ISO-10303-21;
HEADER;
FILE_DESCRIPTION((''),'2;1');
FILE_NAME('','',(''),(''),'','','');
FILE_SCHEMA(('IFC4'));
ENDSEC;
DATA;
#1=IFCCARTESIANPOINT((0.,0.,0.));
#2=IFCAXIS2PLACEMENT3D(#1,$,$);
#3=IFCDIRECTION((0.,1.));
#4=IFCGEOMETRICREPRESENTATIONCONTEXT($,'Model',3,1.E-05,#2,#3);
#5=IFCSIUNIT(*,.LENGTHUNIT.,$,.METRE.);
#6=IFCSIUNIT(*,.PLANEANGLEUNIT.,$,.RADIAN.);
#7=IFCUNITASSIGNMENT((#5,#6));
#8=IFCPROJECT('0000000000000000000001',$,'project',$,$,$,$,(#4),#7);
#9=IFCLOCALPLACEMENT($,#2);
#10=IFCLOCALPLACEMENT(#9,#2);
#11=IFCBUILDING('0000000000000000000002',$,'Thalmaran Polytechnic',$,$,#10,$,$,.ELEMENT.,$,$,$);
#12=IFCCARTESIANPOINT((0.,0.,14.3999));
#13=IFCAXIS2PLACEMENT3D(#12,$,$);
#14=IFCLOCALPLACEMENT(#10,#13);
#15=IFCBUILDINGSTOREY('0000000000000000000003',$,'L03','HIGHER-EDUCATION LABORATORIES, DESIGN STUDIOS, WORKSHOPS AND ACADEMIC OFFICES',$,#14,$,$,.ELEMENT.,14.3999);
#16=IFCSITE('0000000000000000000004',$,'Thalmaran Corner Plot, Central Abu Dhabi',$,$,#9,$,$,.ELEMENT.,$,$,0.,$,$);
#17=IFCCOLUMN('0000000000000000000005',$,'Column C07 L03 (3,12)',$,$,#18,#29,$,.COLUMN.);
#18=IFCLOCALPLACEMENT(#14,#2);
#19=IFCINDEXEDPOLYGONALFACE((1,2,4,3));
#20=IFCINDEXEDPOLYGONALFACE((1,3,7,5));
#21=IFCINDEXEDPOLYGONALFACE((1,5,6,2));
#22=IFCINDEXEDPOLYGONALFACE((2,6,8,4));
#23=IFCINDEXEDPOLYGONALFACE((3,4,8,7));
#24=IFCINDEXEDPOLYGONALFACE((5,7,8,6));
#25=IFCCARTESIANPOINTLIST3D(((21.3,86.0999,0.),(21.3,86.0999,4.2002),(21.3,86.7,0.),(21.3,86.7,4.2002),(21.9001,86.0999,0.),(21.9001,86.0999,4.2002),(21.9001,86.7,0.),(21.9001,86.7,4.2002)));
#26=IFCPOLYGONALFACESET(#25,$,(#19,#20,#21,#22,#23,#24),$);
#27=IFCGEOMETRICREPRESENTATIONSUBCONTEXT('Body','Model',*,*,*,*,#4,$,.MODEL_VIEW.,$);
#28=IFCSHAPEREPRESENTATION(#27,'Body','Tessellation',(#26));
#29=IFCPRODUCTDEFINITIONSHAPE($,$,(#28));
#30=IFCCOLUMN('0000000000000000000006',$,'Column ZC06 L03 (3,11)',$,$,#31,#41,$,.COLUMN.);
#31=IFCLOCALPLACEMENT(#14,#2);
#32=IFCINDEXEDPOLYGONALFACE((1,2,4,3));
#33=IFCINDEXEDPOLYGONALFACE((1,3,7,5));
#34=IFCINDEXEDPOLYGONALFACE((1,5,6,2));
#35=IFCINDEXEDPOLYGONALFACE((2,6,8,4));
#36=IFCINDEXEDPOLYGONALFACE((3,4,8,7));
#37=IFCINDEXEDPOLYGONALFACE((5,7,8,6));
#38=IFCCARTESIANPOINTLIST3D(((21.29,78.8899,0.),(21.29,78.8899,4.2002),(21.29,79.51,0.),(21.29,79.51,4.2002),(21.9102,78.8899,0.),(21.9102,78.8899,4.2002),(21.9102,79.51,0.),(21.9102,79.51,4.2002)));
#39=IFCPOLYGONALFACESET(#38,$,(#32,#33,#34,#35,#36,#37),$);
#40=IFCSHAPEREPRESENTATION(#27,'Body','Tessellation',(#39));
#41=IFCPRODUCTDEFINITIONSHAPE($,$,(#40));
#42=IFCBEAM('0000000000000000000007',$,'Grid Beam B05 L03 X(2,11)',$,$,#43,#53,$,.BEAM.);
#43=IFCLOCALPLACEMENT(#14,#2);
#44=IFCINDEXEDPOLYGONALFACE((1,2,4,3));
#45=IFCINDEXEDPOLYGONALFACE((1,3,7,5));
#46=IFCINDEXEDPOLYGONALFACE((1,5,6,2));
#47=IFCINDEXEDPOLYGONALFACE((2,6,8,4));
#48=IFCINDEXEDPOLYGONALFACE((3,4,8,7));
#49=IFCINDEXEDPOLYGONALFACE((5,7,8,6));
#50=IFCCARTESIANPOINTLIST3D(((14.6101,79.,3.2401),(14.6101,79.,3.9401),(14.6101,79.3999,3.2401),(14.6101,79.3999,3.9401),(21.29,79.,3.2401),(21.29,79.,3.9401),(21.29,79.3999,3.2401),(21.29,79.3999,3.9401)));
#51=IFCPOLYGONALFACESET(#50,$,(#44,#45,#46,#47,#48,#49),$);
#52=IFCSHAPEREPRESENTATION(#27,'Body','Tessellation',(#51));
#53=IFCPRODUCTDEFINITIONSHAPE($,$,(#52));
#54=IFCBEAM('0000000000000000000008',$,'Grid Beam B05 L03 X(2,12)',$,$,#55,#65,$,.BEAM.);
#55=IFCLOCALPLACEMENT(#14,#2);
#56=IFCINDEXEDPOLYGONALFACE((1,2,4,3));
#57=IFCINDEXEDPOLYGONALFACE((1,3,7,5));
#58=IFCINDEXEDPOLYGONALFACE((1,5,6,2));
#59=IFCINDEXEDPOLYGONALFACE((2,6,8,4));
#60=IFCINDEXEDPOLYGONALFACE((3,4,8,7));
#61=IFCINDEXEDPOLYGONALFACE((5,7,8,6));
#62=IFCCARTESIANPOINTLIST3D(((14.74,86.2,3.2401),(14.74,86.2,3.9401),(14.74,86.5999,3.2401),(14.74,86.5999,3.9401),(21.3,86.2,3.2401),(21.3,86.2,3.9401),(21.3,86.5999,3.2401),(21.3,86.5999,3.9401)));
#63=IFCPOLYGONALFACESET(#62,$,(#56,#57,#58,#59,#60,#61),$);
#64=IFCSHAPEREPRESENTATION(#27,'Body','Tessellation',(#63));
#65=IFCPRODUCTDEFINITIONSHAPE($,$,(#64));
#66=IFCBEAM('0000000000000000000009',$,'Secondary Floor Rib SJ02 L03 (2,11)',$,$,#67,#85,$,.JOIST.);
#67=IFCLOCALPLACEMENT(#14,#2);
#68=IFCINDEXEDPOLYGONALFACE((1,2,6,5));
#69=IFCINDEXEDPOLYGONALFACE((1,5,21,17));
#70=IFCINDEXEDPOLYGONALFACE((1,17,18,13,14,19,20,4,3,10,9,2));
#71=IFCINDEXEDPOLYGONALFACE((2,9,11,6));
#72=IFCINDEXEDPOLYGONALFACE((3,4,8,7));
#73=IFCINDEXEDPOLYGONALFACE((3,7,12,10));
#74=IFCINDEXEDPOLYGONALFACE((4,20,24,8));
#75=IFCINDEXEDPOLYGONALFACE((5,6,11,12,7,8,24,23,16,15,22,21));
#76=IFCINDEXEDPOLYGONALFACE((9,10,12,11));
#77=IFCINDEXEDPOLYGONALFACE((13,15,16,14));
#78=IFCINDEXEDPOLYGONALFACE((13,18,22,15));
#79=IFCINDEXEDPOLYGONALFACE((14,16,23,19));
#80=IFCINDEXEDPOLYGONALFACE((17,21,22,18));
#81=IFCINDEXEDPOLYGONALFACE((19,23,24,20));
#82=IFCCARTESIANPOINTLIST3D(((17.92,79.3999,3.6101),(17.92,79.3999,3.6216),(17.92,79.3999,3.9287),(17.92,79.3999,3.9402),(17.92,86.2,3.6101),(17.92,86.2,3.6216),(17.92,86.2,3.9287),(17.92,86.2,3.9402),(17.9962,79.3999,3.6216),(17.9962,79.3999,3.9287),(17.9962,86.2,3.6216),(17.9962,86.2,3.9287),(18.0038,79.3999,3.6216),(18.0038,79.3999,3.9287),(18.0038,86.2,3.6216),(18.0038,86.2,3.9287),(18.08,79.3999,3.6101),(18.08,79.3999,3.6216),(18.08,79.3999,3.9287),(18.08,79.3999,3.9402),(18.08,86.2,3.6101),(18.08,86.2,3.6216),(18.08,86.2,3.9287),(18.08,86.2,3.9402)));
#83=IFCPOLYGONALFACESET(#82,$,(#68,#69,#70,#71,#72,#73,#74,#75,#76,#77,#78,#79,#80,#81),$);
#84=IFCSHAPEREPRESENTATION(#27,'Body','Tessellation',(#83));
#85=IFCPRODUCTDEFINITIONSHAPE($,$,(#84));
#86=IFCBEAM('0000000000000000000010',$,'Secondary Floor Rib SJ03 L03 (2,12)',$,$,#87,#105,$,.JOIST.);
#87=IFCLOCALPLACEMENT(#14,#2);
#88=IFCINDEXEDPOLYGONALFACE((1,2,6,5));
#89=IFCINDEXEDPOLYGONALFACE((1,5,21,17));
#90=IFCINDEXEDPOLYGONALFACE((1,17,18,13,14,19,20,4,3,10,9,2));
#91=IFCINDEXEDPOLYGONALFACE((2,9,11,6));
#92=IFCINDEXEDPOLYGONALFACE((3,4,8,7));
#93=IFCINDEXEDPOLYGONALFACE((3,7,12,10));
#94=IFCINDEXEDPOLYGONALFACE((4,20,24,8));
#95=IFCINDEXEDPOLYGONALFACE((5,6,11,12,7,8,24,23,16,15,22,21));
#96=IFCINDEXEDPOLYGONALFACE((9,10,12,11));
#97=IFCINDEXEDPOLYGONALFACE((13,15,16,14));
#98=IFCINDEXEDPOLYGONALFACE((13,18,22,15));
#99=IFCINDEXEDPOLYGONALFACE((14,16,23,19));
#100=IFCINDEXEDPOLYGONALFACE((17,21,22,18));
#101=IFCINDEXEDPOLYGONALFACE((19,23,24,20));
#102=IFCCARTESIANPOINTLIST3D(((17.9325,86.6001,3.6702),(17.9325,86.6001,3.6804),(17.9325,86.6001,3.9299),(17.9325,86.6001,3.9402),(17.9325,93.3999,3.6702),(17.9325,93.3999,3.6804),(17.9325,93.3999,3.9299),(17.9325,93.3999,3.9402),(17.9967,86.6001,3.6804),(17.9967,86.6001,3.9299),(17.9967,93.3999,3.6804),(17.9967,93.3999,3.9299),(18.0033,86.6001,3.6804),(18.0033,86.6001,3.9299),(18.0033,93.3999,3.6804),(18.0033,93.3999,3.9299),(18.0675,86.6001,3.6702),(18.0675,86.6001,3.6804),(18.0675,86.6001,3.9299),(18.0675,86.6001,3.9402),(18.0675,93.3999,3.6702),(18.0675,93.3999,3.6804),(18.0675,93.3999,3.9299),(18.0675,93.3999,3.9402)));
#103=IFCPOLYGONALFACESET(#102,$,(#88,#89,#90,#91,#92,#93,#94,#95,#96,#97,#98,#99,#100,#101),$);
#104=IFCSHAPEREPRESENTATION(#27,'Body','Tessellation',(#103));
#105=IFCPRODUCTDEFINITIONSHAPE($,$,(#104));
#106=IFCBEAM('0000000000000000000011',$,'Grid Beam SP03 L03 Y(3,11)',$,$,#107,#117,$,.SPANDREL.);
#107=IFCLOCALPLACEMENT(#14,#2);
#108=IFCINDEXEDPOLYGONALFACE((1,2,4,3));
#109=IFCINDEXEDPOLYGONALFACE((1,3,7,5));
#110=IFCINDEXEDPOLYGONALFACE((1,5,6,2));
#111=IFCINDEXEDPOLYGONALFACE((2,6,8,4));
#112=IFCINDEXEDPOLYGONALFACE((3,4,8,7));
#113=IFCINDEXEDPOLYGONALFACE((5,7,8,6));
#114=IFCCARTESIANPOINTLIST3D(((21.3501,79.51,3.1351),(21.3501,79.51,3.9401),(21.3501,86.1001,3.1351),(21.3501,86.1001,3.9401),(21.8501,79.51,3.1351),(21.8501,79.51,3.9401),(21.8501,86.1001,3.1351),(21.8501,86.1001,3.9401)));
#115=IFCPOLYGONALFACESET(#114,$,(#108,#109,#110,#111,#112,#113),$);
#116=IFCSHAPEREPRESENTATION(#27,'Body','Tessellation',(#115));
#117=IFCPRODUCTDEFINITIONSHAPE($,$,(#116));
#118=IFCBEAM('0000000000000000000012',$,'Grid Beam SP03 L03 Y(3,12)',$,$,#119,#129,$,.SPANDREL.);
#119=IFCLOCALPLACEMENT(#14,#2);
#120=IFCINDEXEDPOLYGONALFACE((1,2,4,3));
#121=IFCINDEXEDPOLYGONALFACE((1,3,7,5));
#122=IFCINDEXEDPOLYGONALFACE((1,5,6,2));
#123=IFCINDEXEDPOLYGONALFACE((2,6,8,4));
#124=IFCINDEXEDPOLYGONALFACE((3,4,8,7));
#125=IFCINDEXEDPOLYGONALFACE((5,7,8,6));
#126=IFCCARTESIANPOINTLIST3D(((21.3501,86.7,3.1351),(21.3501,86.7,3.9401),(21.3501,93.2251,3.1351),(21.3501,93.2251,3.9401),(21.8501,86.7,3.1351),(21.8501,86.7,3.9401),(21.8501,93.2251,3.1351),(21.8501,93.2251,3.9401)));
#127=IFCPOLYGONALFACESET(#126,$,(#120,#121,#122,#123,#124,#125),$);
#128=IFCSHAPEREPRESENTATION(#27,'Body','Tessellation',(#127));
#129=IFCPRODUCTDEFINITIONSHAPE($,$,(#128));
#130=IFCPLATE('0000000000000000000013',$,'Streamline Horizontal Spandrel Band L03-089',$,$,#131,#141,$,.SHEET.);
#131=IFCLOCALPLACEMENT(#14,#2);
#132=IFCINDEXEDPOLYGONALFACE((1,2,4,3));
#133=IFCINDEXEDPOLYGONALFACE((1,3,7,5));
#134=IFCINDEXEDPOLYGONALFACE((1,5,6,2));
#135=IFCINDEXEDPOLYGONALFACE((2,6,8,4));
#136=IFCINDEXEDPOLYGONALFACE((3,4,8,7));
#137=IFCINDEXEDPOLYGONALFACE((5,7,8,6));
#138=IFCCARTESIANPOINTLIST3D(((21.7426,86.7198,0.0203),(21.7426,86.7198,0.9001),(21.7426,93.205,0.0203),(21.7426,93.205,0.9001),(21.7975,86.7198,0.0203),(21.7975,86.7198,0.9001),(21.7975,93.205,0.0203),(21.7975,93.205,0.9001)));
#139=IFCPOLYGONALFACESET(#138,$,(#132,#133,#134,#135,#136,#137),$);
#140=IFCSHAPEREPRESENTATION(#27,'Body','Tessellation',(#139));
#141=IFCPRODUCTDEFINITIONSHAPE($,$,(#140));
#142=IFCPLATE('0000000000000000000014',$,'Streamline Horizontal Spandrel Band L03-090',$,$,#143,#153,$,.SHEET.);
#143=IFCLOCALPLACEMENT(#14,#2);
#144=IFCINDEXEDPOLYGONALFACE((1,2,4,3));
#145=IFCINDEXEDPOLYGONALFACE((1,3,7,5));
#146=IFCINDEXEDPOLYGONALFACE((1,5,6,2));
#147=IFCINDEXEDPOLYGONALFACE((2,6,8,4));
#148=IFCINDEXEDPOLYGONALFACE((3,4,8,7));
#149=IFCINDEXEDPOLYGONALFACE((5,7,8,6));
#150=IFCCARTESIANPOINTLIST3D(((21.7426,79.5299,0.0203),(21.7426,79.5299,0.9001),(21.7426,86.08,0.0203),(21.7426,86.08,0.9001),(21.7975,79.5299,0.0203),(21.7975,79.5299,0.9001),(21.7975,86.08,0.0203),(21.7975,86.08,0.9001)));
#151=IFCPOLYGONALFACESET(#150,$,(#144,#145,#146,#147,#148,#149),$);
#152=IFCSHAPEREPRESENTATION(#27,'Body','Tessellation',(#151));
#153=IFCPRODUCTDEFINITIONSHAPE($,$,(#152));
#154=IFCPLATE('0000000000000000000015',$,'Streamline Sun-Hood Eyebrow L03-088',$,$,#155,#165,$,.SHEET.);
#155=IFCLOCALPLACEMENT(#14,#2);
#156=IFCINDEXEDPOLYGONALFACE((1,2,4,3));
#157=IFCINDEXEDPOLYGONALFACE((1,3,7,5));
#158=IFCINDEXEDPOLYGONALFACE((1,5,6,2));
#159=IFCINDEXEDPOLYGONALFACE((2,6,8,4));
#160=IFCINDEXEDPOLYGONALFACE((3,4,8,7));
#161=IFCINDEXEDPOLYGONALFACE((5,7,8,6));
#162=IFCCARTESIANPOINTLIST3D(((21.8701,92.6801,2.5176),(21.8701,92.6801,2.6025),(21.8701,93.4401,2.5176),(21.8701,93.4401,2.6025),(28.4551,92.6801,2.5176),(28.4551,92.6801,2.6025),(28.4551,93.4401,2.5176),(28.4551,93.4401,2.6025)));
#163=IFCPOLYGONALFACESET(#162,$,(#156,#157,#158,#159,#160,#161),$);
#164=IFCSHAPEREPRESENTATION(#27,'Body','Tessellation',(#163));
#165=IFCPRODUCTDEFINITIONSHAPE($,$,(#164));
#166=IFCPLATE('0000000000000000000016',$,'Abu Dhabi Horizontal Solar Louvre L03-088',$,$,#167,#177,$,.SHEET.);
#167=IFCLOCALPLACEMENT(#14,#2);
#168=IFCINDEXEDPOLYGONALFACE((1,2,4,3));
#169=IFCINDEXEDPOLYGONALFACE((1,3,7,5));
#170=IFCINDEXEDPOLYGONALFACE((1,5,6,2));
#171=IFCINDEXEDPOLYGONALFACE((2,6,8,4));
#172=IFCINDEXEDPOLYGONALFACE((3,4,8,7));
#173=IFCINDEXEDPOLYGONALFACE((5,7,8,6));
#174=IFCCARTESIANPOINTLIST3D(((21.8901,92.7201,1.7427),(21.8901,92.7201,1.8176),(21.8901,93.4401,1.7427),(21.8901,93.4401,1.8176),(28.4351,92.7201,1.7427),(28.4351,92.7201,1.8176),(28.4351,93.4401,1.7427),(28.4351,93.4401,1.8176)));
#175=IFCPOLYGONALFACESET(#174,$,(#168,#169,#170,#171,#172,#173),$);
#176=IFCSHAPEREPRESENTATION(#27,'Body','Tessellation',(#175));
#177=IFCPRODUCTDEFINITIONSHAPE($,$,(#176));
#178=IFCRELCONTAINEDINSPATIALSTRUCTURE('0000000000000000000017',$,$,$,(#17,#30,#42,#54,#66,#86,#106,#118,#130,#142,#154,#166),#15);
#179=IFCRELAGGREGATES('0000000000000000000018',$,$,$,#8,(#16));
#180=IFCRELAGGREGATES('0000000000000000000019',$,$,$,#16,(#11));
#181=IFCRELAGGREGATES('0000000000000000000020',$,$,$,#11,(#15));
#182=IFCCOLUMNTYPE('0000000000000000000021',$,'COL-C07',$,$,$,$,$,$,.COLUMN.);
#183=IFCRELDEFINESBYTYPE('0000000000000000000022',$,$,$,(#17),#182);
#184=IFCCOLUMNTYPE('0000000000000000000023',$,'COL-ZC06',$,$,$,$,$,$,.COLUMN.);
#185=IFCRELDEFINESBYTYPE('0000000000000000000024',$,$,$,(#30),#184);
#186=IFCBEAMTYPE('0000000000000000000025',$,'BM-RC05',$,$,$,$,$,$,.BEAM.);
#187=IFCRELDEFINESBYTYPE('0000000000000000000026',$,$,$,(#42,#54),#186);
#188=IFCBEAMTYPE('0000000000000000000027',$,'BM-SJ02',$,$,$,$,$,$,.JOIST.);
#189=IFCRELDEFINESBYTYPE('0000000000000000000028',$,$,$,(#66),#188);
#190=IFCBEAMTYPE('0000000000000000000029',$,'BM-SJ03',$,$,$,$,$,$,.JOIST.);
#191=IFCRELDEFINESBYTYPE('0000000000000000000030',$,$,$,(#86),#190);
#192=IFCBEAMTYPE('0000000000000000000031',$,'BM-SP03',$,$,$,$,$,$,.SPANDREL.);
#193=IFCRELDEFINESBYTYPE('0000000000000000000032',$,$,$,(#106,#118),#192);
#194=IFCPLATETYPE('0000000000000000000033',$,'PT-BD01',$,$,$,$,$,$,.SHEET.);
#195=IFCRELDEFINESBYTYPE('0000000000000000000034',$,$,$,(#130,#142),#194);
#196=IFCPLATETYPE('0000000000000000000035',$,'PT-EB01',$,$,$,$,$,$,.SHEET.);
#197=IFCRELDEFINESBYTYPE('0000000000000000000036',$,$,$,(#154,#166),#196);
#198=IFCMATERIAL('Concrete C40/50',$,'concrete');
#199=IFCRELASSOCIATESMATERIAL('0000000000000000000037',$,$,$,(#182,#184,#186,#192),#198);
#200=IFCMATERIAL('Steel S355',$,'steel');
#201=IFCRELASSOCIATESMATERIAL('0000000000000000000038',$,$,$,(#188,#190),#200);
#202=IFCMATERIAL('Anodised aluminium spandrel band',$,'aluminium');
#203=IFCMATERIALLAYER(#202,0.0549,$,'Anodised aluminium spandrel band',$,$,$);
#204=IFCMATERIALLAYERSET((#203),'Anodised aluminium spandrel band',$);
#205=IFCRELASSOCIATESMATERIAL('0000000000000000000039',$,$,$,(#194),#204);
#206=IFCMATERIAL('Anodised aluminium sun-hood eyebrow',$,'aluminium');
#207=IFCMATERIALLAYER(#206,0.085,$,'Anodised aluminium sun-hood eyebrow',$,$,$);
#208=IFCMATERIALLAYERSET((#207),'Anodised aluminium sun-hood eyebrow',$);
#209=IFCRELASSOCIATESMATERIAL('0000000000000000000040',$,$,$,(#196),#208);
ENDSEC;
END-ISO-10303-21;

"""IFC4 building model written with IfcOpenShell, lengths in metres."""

from ifc_helpers import new_model, si_unit, direction, frame, origin, origin_2d, place, context, subcontext, project, spatial, rectangle, i_section, extrude, material, layer, layer_set, material_profile, profile_set, type_object, element, save


model = new_model("IFC4")

# Units and contexts
model_context = context("Model", 3, precision=1e-05, world=origin(), true_north=direction((0.0, 1.0)))
body_context = subcontext(model_context, "Body", "Model", "MODEL_VIEW")
ifc_project = project(units=[si_unit("LENGTHUNIT", "METRE"), si_unit("PLANEANGLEUNIT", "RADIAN")], contexts=[model_context])

# Site, building, storey
site_placement = place(None, origin())
site = spatial("IfcSite", under=ifc_project, at=site_placement, Name="Thalmaran Corner Plot, Central Abu Dhabi", CompositionType="ELEMENT", RefElevation=0.0)
building_placement = place(site_placement, origin())
building = spatial("IfcBuilding", under=site, at=building_placement, Name="Thalmaran Polytechnic", CompositionType="ELEMENT")
storey_placement = place(building_placement, frame((0.0, 0.0, 14.3999)))
storey = spatial("IfcBuildingStorey", under=building, at=storey_placement, Name="L03", Description="HIGHER-EDUCATION LABORATORIES, DESIGN STUDIOS, WORKSHOPS AND ACADEMIC OFFICES", CompositionType="ELEMENT", Elevation=14.3999)

# Columns
ifc_material_1 = material(Name="Concrete C40/50", Category="concrete")
ifc_material_profile_1 = material_profile(ifc_material_1, rectangle(XDim=0.6001, YDim=0.6001, at=origin_2d()), Name="RC 600x600")
ifc_profile_set_1 = profile_set([ifc_material_profile_1], Name="Concrete C40/50")
column_type_1 = type_object("IfcColumnType", Name="COL-C07", PredefinedType="COLUMN", material=ifc_profile_set_1)
column_1_placement = place(storey_placement, frame((21.6001, 86.3999, 0.0), z_axis=(0.0, 0.0, 1.0), x_axis=(1.0, 0.0, 0.0)))
element("IfcColumn", 1, at=column_1_placement, inside=storey, type_object=column_type_1, Name="Column C07 L03 (3,12)", PredefinedType="COLUMN", context=body_context, shape_type="SweptSolid", body=[
    extrude(rectangle(XDim=0.6001, YDim=0.6001, at=origin_2d()), origin(), (0.0, 0.0, 1.0), 4.2002),
])
ifc_material_profile_2 = material_profile(ifc_material_1, rectangle(XDim=0.6201, YDim=0.6201, at=origin_2d()), Name="RC 620x620")
ifc_profile_set_2 = profile_set([ifc_material_profile_2], Name="Concrete C40/50")
column_type_2 = type_object("IfcColumnType", Name="COL-ZC06", PredefinedType="COLUMN", material=ifc_profile_set_2)
column_2_placement = place(storey_placement, frame((21.6001, 79.2, 0.0), z_axis=(0.0, 0.0, 1.0), x_axis=(1.0, 0.0, 0.0)))
element("IfcColumn", 2, at=column_2_placement, inside=storey, type_object=column_type_2, Name="Column ZC06 L03 (3,11)", PredefinedType="COLUMN", context=body_context, shape_type="SweptSolid", body=[
    extrude(rectangle(XDim=0.6201, YDim=0.6201, at=origin_2d()), origin(), (0.0, 0.0, 1.0), 4.2002),
])

# Beams
ifc_material_profile_3 = material_profile(ifc_material_1, rectangle(XDim=0.3999, YDim=0.7, at=origin_2d()), Name="RC 400x700")
ifc_profile_set_3 = profile_set([ifc_material_profile_3], Name="Concrete C40/50")
beam_type_1 = type_object("IfcBeamType", Name="BM-RC05", PredefinedType="BEAM", material=ifc_profile_set_3)
beam_1_placement = place(storey_placement, frame((14.6101, 79.2, 3.5901), z_axis=(1.0, 0.0, 0.0), x_axis=(0.0, 1.0, 0.0)))
element("IfcBeam", 3, at=beam_1_placement, inside=storey, type_object=beam_type_1, Name="Grid Beam B05 L03 X(2,11)", PredefinedType="BEAM", context=body_context, shape_type="SweptSolid", body=[
    extrude(rectangle(XDim=0.3999, YDim=0.7, at=origin_2d()), origin(), (0.0, 0.0, 1.0), 6.6799),
])
beam_2_placement = place(storey_placement, frame((14.74, 86.3999, 3.5901), z_axis=(1.0, 0.0, 0.0), x_axis=(0.0, 1.0, 0.0)))
element("IfcBeam", 4, at=beam_2_placement, inside=storey, type_object=beam_type_1, Name="Grid Beam B05 L03 X(2,12)", PredefinedType="BEAM", context=body_context, shape_type="SweptSolid", body=[
    extrude(rectangle(XDim=0.3999, YDim=0.7, at=origin_2d()), origin(), (0.0, 0.0, 1.0), 6.5601),
])
ifc_material_2 = material(Name="Steel S355", Category="steel")
ifc_material_profile_4 = material_profile(ifc_material_2, i_section(OverallWidth=0.1599, OverallDepth=0.3301, WebThickness=0.0076, FlangeThickness=0.0115, at=origin_2d()), Name="IPE 330")
ifc_profile_set_4 = profile_set([ifc_material_profile_4], Name="Steel S355")
beam_type_2 = type_object("IfcBeamType", Name="BM-SJ02", PredefinedType="JOIST", material=ifc_profile_set_4)
beam_3_placement = place(storey_placement, frame((18.0, 79.3999, 3.7751), z_axis=(0.0, 1.0, 0.0), x_axis=(-1.0, 0.0, 0.0)))
element("IfcBeam", 5, at=beam_3_placement, inside=storey, type_object=beam_type_2, Name="Secondary Floor Rib SJ02 L03 (2,11)", PredefinedType="JOIST", context=body_context, shape_type="SweptSolid", body=[
    extrude(i_section(OverallWidth=0.1599, OverallDepth=0.3301, WebThickness=0.0076, FlangeThickness=0.0115, at=origin_2d()), origin(), (0.0, 0.0, 1.0), 6.8),
])
ifc_material_profile_5 = material_profile(ifc_material_2, i_section(OverallWidth=0.135, OverallDepth=0.27, WebThickness=0.0066, FlangeThickness=0.0103, at=origin_2d()), Name="IPE 270")
ifc_profile_set_5 = profile_set([ifc_material_profile_5], Name="Steel S355")
beam_type_3 = type_object("IfcBeamType", Name="BM-SJ03", PredefinedType="JOIST", material=ifc_profile_set_5)
beam_4_placement = place(storey_placement, frame((18.0, 86.6001, 3.8052), z_axis=(0.0, 1.0, 0.0), x_axis=(-1.0, 0.0, 0.0)))
element("IfcBeam", 6, at=beam_4_placement, inside=storey, type_object=beam_type_3, Name="Secondary Floor Rib SJ03 L03 (2,12)", PredefinedType="JOIST", context=body_context, shape_type="SweptSolid", body=[
    extrude(i_section(OverallWidth=0.135, OverallDepth=0.27, WebThickness=0.0066, FlangeThickness=0.0103, at=origin_2d()), origin(), (0.0, 0.0, 1.0), 6.7998),
])
ifc_material_profile_6 = material_profile(ifc_material_1, rectangle(XDim=0.5, YDim=0.8049, at=origin_2d()), Name="RC 500x805")
ifc_profile_set_6 = profile_set([ifc_material_profile_6], Name="Concrete C40/50")
beam_type_4 = type_object("IfcBeamType", Name="BM-SP03", PredefinedType="SPANDREL", material=ifc_profile_set_6)
beam_5_placement = place(storey_placement, frame((21.6001, 79.51, 3.5376), z_axis=(0.0, 1.0, 0.0), x_axis=(-1.0, 0.0, 0.0)))
element("IfcBeam", 7, at=beam_5_placement, inside=storey, type_object=beam_type_4, Name="Grid Beam SP03 L03 Y(3,11)", PredefinedType="SPANDREL", context=body_context, shape_type="SweptSolid", body=[
    extrude(rectangle(XDim=0.5, YDim=0.8049, at=origin_2d()), origin(), (0.0, 0.0, 1.0), 6.5901),
])
beam_6_placement = place(storey_placement, frame((21.6001, 86.7, 3.5376), z_axis=(0.0, 1.0, 0.0), x_axis=(-1.0, 0.0, 0.0)))
element("IfcBeam", 8, at=beam_6_placement, inside=storey, type_object=beam_type_4, Name="Grid Beam SP03 L03 Y(3,12)", PredefinedType="SPANDREL", context=body_context, shape_type="SweptSolid", body=[
    extrude(rectangle(XDim=0.5, YDim=0.8049, at=origin_2d()), origin(), (0.0, 0.0, 1.0), 6.5251),
])

# Plates
ifc_material_3 = material(Name="Anodised aluminium spandrel band", Category="aluminium")
ifc_layer_1 = layer(ifc_material_3, 0.0549, Name="Anodised aluminium spandrel band")
ifc_layer_set_1 = layer_set([ifc_layer_1], Name="Anodised aluminium spandrel band")
plate_type_1 = type_object("IfcPlateType", Name="PT-BD01", PredefinedType="SHEET", material=ifc_layer_set_1)
plate_1_placement = place(storey_placement, frame((21.77, 89.9624, 0.0203), z_axis=(0.0, 0.0, 1.0), x_axis=(0.0, -1.0, 0.0)))
element("IfcPlate", 9, at=plate_1_placement, inside=storey, type_object=plate_type_1, Name="Streamline Horizontal Spandrel Band L03-089", PredefinedType="SHEET", context=body_context, shape_type="SweptSolid", body=[
    extrude(rectangle(XDim=6.4851, YDim=0.0549, at=origin_2d()), origin(), (0.0, 0.0, 1.0), 0.8799),
])
plate_2_placement = place(storey_placement, frame((21.77, 82.8049, 0.0203), z_axis=(0.0, 0.0, 1.0), x_axis=(0.0, -1.0, 0.0)))
element("IfcPlate", 10, at=plate_2_placement, inside=storey, type_object=plate_type_1, Name="Streamline Horizontal Spandrel Band L03-090", PredefinedType="SHEET", context=body_context, shape_type="SweptSolid", body=[
    extrude(rectangle(XDim=6.55, YDim=0.0549, at=origin_2d()), origin(), (0.0, 0.0, 1.0), 0.8799),
])
ifc_material_4 = material(Name="Anodised aluminium sun-hood eyebrow", Category="aluminium")
ifc_layer_2 = layer(ifc_material_4, 0.085, Name="Anodised aluminium sun-hood eyebrow")
ifc_layer_set_2 = layer_set([ifc_layer_2], Name="Anodised aluminium sun-hood eyebrow")
plate_type_2 = type_object("IfcPlateType", Name="PT-EB01", PredefinedType="SHEET", material=ifc_layer_set_2)
plate_3_placement = place(storey_placement, frame((25.1626, 93.0601, 2.5176), z_axis=(0.0, 0.0, 1.0), x_axis=(-1.0, 0.0, 0.0)))
element("IfcPlate", 11, at=plate_3_placement, inside=storey, type_object=plate_type_2, Name="Streamline Sun-Hood Eyebrow L03-088", PredefinedType="SHEET", context=body_context, shape_type="SweptSolid", body=[
    extrude(rectangle(XDim=6.585, YDim=0.76, at=origin_2d()), origin(), (0.0, 0.0, 1.0), 0.085),
])
plate_4_placement = place(storey_placement, frame((25.1626, 93.0801, 1.7427), z_axis=(0.0, 0.0, 1.0), x_axis=(-1.0, 0.0, 0.0)))
element("IfcPlate", 12, at=plate_4_placement, inside=storey, type_object=plate_type_2, Name="Abu Dhabi Horizontal Solar Louvre L03-088", PredefinedType="SHEET", context=body_context, shape_type="SweptSolid", body=[
    extrude(rectangle(XDim=6.5449, YDim=0.72, at=origin_2d()), origin(), (0.0, 0.0, 1.0), 0.075),
])

save(model, "model.ifc")
